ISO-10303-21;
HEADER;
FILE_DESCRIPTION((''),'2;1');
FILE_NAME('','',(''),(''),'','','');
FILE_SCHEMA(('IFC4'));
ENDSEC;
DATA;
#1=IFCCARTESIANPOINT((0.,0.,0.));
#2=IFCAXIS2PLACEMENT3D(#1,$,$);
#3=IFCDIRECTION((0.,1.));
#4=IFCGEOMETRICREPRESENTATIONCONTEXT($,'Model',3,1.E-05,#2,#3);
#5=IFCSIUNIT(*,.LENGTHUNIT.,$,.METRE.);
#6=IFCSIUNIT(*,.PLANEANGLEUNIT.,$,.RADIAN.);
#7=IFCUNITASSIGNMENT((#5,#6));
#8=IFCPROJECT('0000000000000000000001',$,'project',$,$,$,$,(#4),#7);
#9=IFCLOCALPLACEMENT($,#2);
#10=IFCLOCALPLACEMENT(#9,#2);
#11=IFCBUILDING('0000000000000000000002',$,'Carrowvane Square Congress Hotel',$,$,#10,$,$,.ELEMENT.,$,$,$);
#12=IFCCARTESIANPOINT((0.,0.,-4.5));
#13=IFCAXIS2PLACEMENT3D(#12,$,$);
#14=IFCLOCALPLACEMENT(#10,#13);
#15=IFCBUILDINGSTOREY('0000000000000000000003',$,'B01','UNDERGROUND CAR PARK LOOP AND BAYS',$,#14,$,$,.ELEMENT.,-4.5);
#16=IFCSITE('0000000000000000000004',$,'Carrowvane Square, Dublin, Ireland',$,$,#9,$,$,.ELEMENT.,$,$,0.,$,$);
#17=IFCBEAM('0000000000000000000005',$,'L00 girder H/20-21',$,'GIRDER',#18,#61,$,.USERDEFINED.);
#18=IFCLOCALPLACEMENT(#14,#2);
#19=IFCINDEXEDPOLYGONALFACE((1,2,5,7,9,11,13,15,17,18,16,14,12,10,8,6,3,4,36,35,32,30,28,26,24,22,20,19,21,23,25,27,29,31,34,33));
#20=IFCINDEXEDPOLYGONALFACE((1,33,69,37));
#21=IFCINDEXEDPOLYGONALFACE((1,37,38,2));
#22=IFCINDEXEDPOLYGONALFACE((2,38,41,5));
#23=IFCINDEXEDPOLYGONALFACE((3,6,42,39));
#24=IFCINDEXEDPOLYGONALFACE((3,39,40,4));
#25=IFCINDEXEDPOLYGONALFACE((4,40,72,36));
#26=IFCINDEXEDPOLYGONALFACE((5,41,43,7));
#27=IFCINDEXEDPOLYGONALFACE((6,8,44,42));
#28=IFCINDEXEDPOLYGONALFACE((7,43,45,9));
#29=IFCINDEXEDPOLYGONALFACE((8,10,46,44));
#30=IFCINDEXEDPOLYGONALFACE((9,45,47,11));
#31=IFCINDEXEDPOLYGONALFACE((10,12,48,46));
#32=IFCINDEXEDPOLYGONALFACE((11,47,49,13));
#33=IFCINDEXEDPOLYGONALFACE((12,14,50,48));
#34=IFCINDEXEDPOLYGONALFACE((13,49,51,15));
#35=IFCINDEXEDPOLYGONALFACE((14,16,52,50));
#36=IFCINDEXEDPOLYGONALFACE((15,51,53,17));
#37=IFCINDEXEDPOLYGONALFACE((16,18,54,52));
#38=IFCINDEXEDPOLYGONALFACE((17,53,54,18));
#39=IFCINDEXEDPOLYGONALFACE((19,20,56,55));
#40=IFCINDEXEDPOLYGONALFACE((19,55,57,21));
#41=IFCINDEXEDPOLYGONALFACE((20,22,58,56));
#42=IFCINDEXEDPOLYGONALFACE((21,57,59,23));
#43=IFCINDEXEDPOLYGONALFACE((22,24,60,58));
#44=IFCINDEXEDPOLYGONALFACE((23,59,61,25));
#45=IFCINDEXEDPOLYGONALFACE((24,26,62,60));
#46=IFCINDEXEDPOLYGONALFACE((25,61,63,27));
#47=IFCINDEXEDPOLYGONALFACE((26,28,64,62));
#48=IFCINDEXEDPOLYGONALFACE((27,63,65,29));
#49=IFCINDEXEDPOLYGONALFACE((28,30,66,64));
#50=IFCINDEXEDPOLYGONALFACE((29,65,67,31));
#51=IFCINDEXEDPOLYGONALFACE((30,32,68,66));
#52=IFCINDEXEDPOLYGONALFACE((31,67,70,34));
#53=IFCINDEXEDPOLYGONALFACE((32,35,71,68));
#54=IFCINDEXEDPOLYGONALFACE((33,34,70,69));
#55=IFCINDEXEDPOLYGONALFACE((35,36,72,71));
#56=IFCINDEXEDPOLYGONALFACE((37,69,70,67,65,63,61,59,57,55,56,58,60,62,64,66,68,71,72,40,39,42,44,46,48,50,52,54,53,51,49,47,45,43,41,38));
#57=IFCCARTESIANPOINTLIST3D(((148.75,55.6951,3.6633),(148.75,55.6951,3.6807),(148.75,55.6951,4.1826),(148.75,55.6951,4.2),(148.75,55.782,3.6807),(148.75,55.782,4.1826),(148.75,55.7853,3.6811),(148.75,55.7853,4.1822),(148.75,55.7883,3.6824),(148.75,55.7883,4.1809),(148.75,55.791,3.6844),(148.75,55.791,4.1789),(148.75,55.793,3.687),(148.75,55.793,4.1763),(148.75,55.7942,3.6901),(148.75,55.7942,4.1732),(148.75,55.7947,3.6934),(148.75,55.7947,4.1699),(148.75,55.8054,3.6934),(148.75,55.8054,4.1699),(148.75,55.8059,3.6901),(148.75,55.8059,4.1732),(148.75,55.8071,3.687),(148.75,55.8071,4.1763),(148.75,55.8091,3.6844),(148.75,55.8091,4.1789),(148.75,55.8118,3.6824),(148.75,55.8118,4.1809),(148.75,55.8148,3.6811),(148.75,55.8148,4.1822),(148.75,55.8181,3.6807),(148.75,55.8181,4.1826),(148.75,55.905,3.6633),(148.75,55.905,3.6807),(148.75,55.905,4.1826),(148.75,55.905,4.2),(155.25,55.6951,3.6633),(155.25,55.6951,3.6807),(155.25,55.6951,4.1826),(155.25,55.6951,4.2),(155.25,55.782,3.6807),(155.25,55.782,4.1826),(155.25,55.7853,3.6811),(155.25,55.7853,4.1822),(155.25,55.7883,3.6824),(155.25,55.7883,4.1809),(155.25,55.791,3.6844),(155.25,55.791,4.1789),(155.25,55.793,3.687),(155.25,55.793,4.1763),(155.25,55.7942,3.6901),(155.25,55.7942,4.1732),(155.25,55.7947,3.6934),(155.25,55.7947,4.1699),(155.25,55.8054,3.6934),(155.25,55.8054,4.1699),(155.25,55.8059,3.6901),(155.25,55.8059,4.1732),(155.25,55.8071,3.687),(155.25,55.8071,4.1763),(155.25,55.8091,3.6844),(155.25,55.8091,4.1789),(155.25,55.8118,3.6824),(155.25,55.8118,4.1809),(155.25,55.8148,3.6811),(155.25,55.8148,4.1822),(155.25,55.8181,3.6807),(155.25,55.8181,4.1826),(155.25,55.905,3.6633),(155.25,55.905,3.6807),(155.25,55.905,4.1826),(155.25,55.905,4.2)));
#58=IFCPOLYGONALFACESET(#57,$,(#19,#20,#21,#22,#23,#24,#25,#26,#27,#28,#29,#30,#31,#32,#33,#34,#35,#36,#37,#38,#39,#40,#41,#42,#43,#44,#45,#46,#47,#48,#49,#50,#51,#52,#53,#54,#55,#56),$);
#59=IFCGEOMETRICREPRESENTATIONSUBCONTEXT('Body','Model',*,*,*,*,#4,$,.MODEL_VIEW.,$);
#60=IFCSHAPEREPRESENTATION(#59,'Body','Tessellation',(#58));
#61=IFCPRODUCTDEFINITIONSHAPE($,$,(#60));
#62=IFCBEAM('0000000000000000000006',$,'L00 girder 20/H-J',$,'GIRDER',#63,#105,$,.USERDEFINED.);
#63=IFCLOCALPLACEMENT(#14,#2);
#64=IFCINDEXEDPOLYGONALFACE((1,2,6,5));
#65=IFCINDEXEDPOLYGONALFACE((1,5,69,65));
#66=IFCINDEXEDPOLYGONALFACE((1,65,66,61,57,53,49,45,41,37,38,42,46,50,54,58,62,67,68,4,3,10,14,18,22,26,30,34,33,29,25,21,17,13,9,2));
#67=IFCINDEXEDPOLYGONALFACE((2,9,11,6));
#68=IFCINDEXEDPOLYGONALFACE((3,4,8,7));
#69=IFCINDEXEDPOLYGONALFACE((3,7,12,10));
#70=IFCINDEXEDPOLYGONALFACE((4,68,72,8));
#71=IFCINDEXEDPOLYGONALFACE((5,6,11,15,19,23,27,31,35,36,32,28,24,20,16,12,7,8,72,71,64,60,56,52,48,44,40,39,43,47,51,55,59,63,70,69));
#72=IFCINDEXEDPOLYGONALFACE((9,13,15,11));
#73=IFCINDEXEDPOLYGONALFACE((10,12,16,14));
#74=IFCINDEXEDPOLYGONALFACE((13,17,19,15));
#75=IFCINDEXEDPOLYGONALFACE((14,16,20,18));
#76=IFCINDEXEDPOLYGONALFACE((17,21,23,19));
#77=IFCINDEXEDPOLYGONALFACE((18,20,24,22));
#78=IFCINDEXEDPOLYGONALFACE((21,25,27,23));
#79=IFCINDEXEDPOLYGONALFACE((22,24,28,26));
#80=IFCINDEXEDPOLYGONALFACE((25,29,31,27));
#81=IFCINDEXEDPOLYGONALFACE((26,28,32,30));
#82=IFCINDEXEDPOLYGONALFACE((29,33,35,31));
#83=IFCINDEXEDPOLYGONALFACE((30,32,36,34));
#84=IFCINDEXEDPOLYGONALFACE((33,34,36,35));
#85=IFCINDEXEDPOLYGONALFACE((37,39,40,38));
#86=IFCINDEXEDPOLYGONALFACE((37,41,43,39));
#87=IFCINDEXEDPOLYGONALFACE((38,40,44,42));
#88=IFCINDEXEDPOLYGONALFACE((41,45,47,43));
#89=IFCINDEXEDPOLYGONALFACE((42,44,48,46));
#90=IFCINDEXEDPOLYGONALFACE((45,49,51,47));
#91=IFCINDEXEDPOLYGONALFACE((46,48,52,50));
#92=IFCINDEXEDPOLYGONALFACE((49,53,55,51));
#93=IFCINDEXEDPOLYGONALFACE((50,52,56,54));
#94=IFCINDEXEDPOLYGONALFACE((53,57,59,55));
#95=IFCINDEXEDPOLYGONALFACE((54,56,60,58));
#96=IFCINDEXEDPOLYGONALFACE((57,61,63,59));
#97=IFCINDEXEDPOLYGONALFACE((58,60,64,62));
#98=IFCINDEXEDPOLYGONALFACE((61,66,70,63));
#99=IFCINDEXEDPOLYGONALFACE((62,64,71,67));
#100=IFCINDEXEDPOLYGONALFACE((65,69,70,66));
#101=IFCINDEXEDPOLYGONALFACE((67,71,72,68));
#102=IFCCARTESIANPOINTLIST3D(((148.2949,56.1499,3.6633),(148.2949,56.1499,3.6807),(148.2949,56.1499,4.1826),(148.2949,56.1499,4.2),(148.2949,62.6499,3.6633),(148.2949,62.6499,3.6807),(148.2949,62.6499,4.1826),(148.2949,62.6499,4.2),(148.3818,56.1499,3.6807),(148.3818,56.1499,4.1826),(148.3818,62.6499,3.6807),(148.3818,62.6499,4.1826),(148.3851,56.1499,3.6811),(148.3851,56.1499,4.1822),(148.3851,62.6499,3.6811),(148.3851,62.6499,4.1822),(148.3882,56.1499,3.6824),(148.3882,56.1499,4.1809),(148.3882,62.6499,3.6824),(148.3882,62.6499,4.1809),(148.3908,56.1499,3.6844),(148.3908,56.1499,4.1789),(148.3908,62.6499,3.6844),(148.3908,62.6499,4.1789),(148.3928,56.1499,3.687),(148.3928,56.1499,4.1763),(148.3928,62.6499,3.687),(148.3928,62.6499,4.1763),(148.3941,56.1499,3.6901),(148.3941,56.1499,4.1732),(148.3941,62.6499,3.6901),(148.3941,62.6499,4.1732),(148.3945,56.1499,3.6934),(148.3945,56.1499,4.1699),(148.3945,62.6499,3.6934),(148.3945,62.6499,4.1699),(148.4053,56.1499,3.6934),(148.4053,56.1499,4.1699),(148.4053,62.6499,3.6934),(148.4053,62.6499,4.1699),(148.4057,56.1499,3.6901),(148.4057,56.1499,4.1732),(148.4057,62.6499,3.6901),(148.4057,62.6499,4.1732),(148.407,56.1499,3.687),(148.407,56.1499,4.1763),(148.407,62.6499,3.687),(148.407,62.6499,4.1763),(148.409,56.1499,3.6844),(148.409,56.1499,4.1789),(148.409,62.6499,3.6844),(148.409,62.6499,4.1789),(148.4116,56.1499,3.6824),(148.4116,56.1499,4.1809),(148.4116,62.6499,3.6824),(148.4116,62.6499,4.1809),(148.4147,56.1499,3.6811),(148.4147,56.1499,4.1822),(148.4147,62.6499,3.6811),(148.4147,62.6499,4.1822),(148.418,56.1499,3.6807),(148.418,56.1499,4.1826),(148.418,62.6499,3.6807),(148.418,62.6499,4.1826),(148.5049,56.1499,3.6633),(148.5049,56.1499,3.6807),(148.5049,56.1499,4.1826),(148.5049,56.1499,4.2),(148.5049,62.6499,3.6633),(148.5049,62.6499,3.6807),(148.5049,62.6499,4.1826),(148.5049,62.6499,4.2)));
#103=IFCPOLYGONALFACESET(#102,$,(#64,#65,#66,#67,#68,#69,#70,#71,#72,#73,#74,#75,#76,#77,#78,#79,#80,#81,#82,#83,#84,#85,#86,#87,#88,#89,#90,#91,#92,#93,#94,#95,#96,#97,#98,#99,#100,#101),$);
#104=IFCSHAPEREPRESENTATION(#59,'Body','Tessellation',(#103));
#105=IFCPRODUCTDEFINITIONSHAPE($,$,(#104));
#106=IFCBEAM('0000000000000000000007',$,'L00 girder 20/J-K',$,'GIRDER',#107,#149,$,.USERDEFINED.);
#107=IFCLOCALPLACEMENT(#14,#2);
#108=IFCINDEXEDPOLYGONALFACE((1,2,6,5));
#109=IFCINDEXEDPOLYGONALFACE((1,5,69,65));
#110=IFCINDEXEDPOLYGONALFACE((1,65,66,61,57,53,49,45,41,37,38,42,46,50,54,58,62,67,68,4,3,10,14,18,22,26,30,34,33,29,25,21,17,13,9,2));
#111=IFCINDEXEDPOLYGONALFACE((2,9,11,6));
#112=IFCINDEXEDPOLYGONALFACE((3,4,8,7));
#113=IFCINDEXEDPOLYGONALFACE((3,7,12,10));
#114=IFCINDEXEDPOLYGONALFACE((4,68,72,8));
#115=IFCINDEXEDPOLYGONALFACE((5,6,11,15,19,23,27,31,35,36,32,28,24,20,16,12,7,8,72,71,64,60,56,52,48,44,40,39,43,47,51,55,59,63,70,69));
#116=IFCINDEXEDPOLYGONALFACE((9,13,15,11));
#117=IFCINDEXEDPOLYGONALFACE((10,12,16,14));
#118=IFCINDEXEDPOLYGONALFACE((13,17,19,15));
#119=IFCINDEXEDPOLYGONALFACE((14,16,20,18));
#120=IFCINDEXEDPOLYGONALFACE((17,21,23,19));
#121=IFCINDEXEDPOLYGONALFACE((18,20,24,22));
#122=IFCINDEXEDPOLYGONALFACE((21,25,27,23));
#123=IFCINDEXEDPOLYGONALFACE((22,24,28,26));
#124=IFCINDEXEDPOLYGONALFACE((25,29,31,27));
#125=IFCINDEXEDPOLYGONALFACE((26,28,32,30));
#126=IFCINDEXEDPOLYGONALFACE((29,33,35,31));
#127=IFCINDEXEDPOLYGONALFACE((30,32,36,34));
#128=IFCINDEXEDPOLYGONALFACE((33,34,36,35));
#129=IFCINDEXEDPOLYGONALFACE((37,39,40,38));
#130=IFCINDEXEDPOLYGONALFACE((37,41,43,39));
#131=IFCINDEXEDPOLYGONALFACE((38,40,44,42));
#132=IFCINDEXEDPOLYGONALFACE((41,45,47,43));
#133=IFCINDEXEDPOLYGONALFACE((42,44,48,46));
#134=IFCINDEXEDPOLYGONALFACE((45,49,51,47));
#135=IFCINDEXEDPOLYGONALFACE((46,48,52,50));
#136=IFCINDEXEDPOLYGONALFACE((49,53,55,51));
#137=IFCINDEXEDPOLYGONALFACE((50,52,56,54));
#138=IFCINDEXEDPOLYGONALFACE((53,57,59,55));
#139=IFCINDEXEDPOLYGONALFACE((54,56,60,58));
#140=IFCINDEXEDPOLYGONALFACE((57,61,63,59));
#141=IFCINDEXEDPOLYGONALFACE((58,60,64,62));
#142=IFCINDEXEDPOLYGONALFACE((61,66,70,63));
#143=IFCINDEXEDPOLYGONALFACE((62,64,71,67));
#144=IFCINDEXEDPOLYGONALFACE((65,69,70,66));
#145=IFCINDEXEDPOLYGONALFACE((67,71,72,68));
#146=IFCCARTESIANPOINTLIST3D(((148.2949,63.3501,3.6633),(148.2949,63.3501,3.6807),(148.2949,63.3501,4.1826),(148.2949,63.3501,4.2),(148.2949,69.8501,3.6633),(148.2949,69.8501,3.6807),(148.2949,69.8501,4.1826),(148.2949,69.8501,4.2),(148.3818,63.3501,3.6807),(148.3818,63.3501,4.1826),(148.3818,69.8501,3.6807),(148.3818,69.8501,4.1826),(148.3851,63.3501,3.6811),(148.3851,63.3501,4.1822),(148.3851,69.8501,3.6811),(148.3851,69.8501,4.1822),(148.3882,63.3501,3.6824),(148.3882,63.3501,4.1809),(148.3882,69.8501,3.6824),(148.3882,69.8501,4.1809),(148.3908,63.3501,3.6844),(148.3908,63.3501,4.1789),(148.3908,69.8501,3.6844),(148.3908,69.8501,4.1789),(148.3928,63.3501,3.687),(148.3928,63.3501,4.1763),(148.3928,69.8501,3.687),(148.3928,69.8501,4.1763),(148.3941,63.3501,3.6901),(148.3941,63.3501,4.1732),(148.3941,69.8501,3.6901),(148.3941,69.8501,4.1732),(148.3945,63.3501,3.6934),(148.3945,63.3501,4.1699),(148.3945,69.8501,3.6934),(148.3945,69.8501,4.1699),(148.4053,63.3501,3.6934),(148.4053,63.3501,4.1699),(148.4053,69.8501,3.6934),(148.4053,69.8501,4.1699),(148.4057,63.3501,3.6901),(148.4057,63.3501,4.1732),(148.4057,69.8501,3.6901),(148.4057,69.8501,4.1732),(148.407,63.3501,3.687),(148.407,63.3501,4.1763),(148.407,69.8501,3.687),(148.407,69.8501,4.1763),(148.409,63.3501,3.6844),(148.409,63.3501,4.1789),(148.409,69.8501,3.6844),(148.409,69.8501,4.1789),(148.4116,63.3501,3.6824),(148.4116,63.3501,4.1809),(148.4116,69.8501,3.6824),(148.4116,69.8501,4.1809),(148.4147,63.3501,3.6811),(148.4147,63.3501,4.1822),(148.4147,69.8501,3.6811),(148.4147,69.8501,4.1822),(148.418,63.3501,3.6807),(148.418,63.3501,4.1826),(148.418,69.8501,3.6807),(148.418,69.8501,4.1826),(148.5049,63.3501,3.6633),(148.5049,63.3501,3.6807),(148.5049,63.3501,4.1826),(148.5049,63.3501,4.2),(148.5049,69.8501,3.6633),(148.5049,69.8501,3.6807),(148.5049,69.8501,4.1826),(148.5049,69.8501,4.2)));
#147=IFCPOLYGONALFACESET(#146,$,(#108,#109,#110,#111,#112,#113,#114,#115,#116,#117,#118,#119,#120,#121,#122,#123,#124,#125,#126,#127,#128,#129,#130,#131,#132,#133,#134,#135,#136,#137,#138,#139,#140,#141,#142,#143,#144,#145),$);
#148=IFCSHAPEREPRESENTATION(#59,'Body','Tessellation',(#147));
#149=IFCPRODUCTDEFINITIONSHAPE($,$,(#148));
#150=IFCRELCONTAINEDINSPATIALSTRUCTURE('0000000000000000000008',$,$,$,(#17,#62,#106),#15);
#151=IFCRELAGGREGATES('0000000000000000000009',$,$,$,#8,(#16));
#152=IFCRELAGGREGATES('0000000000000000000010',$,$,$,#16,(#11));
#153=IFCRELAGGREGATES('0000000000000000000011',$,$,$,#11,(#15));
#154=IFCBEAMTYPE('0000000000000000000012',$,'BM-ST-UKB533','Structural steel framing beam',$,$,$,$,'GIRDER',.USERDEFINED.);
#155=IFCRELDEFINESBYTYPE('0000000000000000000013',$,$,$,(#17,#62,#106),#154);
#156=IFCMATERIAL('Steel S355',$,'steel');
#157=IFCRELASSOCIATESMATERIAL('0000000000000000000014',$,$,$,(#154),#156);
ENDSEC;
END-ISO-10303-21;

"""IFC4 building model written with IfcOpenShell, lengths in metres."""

from ifc_helpers import new_model, si_unit, direction, frame, origin, origin_2d, place, context, subcontext, project, spatial, i_section, extrude, material, material_profile, profile_set, type_object, element, save


model = new_model("IFC4")

# Units and contexts
model_context = context("Model", 3, precision=1e-05, world=origin(), true_north=direction((0.0, 1.0)))
body_context = subcontext(model_context, "Body", "Model", "MODEL_VIEW")
ifc_project = project(units=[si_unit("LENGTHUNIT", "METRE"), si_unit("PLANEANGLEUNIT", "RADIAN")], contexts=[model_context])

# Site, building, storey
site_placement = place(None, origin())
site = spatial("IfcSite", under=ifc_project, at=site_placement, Name="Carrowvane Square, Dublin, Ireland", CompositionType="ELEMENT", RefElevation=0.0)
building_placement = place(site_placement, origin())
building = spatial("IfcBuilding", under=site, at=building_placement, Name="Carrowvane Square Congress Hotel", CompositionType="ELEMENT")
storey_placement = place(building_placement, frame((0.0, 0.0, -4.5)))
storey = spatial("IfcBuildingStorey", under=building, at=storey_placement, Name="B01", Description="UNDERGROUND CAR PARK LOOP AND BAYS", CompositionType="ELEMENT", Elevation=-4.5)

# Beams
ifc_material_1 = material(Name="Steel S355", Category="steel")
ifc_material_profile_1 = material_profile(ifc_material_1, i_section(OverallWidth=0.21, OverallDepth=0.5366, WebThickness=0.0107, FlangeThickness=0.0173, FilletRadius=0.0127, at=origin_2d()), Name="UKB 533x210x101")
ifc_profile_set_1 = profile_set([ifc_material_profile_1], Name="Steel S355")
beam_type_1 = type_object("IfcBeamType", Name="BM-ST-UKB533", Description="Structural steel framing beam", ElementType="GIRDER", PredefinedType="USERDEFINED", material=ifc_profile_set_1)
for number, where, z_axis, x_axis, name in (
    (1, (148.75, 55.8, 3.9316), (1.0, 0.0, 0.0), (0.0, 1.0, 0.0), "L00 girder H/20-21"),
    (2, (148.3999, 56.1499, 3.9316), (0.0, 1.0, 0.0), (-1.0, 0.0, 0.0), "L00 girder 20/H-J"),
    (3, (148.3999, 63.3501, 3.9316), (0.0, 1.0, 0.0), (-1.0, 0.0, 0.0), "L00 girder 20/J-K"),
):
    element("IfcBeam", number, at=place(storey_placement, frame(where, z_axis=z_axis, x_axis=x_axis)), inside=storey, type_object=beam_type_1, Name=name, ObjectType="GIRDER", PredefinedType="USERDEFINED", context=body_context, shape_type="SweptSolid", body=[
        extrude(i_section(OverallWidth=0.21, OverallDepth=0.5366, WebThickness=0.0107, FlangeThickness=0.0173, FilletRadius=0.0127, at=origin_2d()), origin(), (0.0, 0.0, 1.0), 6.5),
    ])

save(model, "model.ifc")
